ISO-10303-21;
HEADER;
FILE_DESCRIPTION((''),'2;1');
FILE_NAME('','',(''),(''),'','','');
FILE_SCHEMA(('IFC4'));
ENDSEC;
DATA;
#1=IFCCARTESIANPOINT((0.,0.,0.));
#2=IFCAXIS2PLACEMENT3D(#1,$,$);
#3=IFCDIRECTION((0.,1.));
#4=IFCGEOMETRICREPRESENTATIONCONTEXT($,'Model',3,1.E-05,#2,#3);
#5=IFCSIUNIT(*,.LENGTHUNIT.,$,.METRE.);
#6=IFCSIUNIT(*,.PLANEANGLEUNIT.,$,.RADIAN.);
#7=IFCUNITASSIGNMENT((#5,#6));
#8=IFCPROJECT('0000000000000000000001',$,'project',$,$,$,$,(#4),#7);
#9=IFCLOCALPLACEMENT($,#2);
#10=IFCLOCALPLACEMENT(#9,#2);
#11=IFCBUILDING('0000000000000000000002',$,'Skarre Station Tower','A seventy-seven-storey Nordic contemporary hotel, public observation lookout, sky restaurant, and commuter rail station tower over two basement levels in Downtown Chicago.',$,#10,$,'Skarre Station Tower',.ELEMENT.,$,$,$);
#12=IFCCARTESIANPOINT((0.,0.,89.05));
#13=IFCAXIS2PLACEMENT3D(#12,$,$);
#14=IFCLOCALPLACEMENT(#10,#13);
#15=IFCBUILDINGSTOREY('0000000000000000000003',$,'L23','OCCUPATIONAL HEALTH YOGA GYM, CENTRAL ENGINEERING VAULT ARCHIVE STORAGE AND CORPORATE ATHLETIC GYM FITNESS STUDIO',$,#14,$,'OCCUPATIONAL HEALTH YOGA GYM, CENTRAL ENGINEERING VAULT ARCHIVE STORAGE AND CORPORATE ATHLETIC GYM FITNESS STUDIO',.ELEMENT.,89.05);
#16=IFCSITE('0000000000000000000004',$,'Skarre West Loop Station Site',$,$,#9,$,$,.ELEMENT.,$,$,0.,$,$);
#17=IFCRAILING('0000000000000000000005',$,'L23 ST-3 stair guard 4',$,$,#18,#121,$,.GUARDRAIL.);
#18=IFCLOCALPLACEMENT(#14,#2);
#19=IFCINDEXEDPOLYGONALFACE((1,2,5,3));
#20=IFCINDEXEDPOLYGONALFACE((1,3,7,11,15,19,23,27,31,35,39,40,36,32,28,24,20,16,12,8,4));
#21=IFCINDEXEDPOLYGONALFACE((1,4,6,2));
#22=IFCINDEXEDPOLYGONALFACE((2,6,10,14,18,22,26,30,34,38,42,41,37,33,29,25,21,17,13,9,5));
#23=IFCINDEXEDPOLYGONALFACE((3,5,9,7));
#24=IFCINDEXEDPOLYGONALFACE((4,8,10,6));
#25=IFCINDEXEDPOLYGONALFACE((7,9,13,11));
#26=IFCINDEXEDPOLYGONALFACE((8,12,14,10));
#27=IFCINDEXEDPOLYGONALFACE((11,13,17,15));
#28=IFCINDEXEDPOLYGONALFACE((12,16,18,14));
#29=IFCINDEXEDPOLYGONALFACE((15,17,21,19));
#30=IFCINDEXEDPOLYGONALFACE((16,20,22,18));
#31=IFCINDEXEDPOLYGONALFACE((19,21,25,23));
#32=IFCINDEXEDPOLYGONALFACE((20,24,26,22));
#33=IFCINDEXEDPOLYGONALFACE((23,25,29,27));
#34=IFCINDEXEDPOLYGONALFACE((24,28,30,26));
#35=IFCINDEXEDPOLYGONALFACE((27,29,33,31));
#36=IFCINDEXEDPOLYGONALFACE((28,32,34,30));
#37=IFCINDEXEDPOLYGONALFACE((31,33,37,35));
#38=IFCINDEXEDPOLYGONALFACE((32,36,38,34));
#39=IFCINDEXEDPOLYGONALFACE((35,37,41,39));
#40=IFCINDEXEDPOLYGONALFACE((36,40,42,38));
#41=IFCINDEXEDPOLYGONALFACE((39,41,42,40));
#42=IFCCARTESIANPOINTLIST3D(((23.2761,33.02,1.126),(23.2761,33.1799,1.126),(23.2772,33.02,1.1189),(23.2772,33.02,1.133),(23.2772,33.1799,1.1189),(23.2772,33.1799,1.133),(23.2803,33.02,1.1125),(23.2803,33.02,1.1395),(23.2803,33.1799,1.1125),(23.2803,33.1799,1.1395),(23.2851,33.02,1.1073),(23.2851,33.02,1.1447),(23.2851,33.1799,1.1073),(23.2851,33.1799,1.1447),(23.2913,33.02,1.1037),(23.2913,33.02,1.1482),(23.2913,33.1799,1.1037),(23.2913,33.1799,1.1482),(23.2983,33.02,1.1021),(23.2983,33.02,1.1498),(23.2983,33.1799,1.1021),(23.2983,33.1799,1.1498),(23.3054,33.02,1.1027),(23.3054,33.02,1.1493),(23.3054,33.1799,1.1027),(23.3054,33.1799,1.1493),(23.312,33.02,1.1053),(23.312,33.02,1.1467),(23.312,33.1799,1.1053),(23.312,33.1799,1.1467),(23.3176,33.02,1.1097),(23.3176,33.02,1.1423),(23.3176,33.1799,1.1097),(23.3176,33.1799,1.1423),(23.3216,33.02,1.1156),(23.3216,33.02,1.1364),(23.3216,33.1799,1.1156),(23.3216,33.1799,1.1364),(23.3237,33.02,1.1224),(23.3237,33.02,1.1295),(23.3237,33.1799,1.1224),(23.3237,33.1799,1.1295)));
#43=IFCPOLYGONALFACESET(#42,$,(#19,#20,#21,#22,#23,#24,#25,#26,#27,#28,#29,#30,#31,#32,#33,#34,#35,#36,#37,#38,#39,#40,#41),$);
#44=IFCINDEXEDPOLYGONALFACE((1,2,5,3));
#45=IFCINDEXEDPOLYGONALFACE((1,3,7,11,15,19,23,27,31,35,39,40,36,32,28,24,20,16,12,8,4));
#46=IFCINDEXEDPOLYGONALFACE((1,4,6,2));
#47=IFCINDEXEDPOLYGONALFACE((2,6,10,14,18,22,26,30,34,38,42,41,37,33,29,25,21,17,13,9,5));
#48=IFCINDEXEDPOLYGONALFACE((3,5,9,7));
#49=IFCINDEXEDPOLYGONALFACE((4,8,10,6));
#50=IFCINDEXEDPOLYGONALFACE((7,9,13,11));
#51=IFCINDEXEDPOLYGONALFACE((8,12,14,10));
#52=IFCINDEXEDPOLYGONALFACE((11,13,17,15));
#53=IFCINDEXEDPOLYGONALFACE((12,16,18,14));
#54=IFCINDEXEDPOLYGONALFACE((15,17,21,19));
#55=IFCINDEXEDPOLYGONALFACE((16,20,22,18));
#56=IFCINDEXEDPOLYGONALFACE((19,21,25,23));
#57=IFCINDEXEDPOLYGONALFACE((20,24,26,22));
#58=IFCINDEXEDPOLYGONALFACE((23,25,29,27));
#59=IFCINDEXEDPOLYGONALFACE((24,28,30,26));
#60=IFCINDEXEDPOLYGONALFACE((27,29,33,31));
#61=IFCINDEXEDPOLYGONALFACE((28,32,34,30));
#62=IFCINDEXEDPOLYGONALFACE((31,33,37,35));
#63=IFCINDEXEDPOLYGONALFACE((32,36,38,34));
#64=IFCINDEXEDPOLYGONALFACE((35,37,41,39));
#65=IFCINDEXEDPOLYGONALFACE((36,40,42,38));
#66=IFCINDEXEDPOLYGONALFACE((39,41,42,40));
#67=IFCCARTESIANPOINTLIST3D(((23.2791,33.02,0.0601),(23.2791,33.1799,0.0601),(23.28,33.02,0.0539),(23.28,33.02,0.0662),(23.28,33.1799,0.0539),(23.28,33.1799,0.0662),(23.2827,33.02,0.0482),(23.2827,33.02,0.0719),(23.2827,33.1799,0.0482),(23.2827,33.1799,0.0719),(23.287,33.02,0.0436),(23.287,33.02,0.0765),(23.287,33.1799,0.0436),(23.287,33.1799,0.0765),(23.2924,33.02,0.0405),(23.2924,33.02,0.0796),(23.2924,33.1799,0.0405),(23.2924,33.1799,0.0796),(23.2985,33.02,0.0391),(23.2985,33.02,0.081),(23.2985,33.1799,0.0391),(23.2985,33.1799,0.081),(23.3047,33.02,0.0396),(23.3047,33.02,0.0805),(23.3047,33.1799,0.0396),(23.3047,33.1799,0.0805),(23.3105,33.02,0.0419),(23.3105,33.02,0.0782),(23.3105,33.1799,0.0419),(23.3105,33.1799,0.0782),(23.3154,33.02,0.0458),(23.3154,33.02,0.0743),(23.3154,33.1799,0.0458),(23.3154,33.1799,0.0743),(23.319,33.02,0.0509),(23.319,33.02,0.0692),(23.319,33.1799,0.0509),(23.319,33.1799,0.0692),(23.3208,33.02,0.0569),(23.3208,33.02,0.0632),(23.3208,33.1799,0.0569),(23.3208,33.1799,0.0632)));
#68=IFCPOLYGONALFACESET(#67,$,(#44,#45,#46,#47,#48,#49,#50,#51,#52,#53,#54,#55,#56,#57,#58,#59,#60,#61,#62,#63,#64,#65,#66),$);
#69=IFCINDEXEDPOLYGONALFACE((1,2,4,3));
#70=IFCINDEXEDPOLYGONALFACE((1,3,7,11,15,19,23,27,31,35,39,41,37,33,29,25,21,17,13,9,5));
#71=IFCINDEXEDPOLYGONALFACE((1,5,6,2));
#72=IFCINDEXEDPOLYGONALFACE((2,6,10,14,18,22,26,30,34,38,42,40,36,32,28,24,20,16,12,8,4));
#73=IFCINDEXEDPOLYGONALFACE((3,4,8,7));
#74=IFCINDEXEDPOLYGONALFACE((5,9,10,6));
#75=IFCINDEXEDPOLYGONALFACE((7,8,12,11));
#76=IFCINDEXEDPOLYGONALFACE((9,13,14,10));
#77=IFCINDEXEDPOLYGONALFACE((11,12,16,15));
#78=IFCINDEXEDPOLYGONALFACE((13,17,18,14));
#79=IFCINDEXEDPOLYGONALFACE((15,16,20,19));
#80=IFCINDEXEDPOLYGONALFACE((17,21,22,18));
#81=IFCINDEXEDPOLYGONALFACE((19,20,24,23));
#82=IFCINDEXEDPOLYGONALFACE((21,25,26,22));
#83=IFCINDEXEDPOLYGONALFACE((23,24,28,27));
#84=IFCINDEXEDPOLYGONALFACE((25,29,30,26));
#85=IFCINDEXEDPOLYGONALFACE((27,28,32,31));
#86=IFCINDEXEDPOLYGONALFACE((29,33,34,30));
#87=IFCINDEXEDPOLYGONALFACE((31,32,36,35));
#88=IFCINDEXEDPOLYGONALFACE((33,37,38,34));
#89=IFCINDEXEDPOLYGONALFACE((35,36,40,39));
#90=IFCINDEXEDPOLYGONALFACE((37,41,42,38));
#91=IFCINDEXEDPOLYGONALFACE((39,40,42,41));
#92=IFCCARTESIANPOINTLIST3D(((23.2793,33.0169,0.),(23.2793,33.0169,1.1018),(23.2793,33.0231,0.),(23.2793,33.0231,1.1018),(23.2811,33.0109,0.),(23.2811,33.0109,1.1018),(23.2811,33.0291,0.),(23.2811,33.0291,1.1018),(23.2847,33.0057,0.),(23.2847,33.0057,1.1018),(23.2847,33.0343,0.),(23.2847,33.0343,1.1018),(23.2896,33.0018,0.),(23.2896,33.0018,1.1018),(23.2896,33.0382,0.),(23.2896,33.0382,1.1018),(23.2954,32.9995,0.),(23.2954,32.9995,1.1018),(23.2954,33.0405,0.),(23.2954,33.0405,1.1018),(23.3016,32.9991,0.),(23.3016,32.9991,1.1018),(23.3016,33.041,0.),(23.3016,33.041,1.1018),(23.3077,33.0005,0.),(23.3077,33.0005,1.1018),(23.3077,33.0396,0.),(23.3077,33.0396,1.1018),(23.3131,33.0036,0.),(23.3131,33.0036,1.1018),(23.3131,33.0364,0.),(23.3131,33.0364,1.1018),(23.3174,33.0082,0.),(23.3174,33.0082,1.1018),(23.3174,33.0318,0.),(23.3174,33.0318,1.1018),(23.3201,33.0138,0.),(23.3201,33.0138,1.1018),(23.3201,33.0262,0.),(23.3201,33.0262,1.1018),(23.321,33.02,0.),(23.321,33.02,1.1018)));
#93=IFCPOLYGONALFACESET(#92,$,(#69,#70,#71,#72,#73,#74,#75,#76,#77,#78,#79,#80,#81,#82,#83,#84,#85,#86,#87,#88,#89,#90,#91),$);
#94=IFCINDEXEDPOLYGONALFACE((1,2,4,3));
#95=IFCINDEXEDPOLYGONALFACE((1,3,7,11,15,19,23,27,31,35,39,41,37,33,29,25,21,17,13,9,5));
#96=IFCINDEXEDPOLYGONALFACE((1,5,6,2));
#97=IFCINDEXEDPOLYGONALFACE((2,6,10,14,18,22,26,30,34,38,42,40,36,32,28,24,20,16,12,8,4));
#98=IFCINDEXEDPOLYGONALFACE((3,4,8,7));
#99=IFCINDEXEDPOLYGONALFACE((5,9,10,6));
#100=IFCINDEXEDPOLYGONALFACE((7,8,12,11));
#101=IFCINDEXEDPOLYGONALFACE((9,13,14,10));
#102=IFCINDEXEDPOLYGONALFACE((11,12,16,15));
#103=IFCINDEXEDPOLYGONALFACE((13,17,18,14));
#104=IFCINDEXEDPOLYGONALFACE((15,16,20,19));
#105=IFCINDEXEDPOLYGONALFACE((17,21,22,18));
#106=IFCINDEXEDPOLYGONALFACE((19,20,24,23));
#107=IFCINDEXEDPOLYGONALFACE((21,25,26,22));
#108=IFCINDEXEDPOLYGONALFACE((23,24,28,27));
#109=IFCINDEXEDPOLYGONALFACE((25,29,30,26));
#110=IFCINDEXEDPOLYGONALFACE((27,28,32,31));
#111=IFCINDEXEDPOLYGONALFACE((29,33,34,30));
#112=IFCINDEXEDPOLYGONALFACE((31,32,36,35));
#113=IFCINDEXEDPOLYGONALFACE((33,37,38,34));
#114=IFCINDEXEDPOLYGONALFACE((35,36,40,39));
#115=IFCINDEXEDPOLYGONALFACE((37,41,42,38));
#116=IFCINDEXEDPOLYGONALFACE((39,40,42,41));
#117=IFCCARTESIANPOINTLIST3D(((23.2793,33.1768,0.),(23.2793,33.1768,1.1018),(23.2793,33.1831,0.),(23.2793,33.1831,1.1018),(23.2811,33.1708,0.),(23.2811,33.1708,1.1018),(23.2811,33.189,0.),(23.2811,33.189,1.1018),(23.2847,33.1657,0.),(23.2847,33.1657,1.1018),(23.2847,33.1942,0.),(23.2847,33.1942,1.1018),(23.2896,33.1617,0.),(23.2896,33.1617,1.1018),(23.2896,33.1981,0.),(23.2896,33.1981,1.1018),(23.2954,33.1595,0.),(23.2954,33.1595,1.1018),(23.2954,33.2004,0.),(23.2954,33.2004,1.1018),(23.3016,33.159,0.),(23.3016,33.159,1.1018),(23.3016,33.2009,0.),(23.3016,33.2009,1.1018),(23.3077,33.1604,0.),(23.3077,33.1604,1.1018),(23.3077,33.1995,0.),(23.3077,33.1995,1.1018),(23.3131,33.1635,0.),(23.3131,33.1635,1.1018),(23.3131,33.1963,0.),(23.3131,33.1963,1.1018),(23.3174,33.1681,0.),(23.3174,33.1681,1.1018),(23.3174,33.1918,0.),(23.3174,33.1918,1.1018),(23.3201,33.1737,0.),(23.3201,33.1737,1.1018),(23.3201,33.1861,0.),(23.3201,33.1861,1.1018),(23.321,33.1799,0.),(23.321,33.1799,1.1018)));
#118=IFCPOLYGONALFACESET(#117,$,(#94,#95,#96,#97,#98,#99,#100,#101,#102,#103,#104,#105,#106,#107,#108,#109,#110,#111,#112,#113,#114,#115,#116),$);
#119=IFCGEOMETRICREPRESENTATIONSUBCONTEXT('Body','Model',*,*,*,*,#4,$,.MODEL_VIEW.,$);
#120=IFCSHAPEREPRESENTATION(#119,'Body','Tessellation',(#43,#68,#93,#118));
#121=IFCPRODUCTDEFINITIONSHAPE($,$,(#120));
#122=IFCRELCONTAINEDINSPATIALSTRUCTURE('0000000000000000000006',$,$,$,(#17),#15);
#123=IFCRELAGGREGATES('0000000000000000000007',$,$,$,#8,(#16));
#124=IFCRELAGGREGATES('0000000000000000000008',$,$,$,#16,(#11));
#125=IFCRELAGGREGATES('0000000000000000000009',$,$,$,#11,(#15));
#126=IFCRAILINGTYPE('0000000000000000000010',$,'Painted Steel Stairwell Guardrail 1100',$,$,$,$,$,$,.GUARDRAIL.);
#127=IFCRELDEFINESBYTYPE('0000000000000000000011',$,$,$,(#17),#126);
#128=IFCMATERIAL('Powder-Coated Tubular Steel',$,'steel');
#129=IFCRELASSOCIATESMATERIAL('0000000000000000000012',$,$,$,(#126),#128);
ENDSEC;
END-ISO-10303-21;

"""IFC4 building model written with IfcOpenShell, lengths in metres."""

from ifc_helpers import new_model, si_unit, direction, frame, origin, origin_2d, place, context, subcontext, project, spatial, circle, extrude, material, type_object, element, save


model = new_model("IFC4")

# Units and contexts
model_context = context("Model", 3, precision=1e-05, world=origin(), true_north=direction((0.0, 1.0)))
body_context = subcontext(model_context, "Body", "Model", "MODEL_VIEW")
ifc_project = project(units=[si_unit("LENGTHUNIT", "METRE"), si_unit("PLANEANGLEUNIT", "RADIAN")], contexts=[model_context])

# Site, building, storey
site_placement = place(None, origin())
site = spatial("IfcSite", under=ifc_project, at=site_placement, Name="Skarre West Loop Station Site", CompositionType="ELEMENT", RefElevation=0.0)
building_placement = place(site_placement, origin())
building = spatial("IfcBuilding", under=site, at=building_placement, Name="Skarre Station Tower", Description="A seventy-seven-storey Nordic contemporary hotel, public observation lookout, sky restaurant, and commuter rail station tower over two basement levels in Downtown Chicago.", LongName="Skarre Station Tower", CompositionType="ELEMENT")
storey_placement = place(building_placement, frame((0.0, 0.0, 89.05)))
storey = spatial("IfcBuildingStorey", under=building, at=storey_placement, Name="L23", Description="OCCUPATIONAL HEALTH YOGA GYM, CENTRAL ENGINEERING VAULT ARCHIVE STORAGE AND CORPORATE ATHLETIC GYM FITNESS STUDIO", LongName="OCCUPATIONAL HEALTH YOGA GYM, CENTRAL ENGINEERING VAULT ARCHIVE STORAGE AND CORPORATE ATHLETIC GYM FITNESS STUDIO", CompositionType="ELEMENT", Elevation=89.05)

# Railing
ifc_material_1 = material(Name="Powder-Coated Tubular Steel", Category="steel")
railing_type_1 = type_object("IfcRailingType", Name="Painted Steel Stairwell Guardrail 1100", PredefinedType="GUARDRAIL", material=ifc_material_1)
railing_1_placement = place(storey_placement, frame((23.3, 33.02, 0.0)))
element("IfcRailing", 1, at=railing_1_placement, inside=storey, type_object=railing_type_1, Name="L23 ST-3 stair guard 4", PredefinedType="GUARDRAIL", context=body_context, shape_type="SweptSolid", body=[
    extrude(circle(Radius=0.0239, at=origin_2d()), frame((0.0, 0.0, 1.126), z_axis=(0.0, 1.0, 0.0), x_axis=(-1.0, 0.0, 0.0)), (0.0, 0.0, 1.0), 0.1599),
    extrude(circle(Radius=0.021, at=origin_2d()), frame((0.0, 0.0, 0.0601), z_axis=(0.0, 1.0, 0.0), x_axis=(-1.0, 0.0, 0.0)), (0.0, 0.0, 1.0), 0.1599),
    extrude(circle(Radius=0.021, at=origin_2d()), origin(), (0.0, 0.0, 1.0), 1.1018),
    extrude(circle(Radius=0.021, at=origin_2d()), frame((0.0, 0.1599, 0.0)), (0.0, 0.0, 1.0), 1.1018),
])

save(model, "model.ifc")
